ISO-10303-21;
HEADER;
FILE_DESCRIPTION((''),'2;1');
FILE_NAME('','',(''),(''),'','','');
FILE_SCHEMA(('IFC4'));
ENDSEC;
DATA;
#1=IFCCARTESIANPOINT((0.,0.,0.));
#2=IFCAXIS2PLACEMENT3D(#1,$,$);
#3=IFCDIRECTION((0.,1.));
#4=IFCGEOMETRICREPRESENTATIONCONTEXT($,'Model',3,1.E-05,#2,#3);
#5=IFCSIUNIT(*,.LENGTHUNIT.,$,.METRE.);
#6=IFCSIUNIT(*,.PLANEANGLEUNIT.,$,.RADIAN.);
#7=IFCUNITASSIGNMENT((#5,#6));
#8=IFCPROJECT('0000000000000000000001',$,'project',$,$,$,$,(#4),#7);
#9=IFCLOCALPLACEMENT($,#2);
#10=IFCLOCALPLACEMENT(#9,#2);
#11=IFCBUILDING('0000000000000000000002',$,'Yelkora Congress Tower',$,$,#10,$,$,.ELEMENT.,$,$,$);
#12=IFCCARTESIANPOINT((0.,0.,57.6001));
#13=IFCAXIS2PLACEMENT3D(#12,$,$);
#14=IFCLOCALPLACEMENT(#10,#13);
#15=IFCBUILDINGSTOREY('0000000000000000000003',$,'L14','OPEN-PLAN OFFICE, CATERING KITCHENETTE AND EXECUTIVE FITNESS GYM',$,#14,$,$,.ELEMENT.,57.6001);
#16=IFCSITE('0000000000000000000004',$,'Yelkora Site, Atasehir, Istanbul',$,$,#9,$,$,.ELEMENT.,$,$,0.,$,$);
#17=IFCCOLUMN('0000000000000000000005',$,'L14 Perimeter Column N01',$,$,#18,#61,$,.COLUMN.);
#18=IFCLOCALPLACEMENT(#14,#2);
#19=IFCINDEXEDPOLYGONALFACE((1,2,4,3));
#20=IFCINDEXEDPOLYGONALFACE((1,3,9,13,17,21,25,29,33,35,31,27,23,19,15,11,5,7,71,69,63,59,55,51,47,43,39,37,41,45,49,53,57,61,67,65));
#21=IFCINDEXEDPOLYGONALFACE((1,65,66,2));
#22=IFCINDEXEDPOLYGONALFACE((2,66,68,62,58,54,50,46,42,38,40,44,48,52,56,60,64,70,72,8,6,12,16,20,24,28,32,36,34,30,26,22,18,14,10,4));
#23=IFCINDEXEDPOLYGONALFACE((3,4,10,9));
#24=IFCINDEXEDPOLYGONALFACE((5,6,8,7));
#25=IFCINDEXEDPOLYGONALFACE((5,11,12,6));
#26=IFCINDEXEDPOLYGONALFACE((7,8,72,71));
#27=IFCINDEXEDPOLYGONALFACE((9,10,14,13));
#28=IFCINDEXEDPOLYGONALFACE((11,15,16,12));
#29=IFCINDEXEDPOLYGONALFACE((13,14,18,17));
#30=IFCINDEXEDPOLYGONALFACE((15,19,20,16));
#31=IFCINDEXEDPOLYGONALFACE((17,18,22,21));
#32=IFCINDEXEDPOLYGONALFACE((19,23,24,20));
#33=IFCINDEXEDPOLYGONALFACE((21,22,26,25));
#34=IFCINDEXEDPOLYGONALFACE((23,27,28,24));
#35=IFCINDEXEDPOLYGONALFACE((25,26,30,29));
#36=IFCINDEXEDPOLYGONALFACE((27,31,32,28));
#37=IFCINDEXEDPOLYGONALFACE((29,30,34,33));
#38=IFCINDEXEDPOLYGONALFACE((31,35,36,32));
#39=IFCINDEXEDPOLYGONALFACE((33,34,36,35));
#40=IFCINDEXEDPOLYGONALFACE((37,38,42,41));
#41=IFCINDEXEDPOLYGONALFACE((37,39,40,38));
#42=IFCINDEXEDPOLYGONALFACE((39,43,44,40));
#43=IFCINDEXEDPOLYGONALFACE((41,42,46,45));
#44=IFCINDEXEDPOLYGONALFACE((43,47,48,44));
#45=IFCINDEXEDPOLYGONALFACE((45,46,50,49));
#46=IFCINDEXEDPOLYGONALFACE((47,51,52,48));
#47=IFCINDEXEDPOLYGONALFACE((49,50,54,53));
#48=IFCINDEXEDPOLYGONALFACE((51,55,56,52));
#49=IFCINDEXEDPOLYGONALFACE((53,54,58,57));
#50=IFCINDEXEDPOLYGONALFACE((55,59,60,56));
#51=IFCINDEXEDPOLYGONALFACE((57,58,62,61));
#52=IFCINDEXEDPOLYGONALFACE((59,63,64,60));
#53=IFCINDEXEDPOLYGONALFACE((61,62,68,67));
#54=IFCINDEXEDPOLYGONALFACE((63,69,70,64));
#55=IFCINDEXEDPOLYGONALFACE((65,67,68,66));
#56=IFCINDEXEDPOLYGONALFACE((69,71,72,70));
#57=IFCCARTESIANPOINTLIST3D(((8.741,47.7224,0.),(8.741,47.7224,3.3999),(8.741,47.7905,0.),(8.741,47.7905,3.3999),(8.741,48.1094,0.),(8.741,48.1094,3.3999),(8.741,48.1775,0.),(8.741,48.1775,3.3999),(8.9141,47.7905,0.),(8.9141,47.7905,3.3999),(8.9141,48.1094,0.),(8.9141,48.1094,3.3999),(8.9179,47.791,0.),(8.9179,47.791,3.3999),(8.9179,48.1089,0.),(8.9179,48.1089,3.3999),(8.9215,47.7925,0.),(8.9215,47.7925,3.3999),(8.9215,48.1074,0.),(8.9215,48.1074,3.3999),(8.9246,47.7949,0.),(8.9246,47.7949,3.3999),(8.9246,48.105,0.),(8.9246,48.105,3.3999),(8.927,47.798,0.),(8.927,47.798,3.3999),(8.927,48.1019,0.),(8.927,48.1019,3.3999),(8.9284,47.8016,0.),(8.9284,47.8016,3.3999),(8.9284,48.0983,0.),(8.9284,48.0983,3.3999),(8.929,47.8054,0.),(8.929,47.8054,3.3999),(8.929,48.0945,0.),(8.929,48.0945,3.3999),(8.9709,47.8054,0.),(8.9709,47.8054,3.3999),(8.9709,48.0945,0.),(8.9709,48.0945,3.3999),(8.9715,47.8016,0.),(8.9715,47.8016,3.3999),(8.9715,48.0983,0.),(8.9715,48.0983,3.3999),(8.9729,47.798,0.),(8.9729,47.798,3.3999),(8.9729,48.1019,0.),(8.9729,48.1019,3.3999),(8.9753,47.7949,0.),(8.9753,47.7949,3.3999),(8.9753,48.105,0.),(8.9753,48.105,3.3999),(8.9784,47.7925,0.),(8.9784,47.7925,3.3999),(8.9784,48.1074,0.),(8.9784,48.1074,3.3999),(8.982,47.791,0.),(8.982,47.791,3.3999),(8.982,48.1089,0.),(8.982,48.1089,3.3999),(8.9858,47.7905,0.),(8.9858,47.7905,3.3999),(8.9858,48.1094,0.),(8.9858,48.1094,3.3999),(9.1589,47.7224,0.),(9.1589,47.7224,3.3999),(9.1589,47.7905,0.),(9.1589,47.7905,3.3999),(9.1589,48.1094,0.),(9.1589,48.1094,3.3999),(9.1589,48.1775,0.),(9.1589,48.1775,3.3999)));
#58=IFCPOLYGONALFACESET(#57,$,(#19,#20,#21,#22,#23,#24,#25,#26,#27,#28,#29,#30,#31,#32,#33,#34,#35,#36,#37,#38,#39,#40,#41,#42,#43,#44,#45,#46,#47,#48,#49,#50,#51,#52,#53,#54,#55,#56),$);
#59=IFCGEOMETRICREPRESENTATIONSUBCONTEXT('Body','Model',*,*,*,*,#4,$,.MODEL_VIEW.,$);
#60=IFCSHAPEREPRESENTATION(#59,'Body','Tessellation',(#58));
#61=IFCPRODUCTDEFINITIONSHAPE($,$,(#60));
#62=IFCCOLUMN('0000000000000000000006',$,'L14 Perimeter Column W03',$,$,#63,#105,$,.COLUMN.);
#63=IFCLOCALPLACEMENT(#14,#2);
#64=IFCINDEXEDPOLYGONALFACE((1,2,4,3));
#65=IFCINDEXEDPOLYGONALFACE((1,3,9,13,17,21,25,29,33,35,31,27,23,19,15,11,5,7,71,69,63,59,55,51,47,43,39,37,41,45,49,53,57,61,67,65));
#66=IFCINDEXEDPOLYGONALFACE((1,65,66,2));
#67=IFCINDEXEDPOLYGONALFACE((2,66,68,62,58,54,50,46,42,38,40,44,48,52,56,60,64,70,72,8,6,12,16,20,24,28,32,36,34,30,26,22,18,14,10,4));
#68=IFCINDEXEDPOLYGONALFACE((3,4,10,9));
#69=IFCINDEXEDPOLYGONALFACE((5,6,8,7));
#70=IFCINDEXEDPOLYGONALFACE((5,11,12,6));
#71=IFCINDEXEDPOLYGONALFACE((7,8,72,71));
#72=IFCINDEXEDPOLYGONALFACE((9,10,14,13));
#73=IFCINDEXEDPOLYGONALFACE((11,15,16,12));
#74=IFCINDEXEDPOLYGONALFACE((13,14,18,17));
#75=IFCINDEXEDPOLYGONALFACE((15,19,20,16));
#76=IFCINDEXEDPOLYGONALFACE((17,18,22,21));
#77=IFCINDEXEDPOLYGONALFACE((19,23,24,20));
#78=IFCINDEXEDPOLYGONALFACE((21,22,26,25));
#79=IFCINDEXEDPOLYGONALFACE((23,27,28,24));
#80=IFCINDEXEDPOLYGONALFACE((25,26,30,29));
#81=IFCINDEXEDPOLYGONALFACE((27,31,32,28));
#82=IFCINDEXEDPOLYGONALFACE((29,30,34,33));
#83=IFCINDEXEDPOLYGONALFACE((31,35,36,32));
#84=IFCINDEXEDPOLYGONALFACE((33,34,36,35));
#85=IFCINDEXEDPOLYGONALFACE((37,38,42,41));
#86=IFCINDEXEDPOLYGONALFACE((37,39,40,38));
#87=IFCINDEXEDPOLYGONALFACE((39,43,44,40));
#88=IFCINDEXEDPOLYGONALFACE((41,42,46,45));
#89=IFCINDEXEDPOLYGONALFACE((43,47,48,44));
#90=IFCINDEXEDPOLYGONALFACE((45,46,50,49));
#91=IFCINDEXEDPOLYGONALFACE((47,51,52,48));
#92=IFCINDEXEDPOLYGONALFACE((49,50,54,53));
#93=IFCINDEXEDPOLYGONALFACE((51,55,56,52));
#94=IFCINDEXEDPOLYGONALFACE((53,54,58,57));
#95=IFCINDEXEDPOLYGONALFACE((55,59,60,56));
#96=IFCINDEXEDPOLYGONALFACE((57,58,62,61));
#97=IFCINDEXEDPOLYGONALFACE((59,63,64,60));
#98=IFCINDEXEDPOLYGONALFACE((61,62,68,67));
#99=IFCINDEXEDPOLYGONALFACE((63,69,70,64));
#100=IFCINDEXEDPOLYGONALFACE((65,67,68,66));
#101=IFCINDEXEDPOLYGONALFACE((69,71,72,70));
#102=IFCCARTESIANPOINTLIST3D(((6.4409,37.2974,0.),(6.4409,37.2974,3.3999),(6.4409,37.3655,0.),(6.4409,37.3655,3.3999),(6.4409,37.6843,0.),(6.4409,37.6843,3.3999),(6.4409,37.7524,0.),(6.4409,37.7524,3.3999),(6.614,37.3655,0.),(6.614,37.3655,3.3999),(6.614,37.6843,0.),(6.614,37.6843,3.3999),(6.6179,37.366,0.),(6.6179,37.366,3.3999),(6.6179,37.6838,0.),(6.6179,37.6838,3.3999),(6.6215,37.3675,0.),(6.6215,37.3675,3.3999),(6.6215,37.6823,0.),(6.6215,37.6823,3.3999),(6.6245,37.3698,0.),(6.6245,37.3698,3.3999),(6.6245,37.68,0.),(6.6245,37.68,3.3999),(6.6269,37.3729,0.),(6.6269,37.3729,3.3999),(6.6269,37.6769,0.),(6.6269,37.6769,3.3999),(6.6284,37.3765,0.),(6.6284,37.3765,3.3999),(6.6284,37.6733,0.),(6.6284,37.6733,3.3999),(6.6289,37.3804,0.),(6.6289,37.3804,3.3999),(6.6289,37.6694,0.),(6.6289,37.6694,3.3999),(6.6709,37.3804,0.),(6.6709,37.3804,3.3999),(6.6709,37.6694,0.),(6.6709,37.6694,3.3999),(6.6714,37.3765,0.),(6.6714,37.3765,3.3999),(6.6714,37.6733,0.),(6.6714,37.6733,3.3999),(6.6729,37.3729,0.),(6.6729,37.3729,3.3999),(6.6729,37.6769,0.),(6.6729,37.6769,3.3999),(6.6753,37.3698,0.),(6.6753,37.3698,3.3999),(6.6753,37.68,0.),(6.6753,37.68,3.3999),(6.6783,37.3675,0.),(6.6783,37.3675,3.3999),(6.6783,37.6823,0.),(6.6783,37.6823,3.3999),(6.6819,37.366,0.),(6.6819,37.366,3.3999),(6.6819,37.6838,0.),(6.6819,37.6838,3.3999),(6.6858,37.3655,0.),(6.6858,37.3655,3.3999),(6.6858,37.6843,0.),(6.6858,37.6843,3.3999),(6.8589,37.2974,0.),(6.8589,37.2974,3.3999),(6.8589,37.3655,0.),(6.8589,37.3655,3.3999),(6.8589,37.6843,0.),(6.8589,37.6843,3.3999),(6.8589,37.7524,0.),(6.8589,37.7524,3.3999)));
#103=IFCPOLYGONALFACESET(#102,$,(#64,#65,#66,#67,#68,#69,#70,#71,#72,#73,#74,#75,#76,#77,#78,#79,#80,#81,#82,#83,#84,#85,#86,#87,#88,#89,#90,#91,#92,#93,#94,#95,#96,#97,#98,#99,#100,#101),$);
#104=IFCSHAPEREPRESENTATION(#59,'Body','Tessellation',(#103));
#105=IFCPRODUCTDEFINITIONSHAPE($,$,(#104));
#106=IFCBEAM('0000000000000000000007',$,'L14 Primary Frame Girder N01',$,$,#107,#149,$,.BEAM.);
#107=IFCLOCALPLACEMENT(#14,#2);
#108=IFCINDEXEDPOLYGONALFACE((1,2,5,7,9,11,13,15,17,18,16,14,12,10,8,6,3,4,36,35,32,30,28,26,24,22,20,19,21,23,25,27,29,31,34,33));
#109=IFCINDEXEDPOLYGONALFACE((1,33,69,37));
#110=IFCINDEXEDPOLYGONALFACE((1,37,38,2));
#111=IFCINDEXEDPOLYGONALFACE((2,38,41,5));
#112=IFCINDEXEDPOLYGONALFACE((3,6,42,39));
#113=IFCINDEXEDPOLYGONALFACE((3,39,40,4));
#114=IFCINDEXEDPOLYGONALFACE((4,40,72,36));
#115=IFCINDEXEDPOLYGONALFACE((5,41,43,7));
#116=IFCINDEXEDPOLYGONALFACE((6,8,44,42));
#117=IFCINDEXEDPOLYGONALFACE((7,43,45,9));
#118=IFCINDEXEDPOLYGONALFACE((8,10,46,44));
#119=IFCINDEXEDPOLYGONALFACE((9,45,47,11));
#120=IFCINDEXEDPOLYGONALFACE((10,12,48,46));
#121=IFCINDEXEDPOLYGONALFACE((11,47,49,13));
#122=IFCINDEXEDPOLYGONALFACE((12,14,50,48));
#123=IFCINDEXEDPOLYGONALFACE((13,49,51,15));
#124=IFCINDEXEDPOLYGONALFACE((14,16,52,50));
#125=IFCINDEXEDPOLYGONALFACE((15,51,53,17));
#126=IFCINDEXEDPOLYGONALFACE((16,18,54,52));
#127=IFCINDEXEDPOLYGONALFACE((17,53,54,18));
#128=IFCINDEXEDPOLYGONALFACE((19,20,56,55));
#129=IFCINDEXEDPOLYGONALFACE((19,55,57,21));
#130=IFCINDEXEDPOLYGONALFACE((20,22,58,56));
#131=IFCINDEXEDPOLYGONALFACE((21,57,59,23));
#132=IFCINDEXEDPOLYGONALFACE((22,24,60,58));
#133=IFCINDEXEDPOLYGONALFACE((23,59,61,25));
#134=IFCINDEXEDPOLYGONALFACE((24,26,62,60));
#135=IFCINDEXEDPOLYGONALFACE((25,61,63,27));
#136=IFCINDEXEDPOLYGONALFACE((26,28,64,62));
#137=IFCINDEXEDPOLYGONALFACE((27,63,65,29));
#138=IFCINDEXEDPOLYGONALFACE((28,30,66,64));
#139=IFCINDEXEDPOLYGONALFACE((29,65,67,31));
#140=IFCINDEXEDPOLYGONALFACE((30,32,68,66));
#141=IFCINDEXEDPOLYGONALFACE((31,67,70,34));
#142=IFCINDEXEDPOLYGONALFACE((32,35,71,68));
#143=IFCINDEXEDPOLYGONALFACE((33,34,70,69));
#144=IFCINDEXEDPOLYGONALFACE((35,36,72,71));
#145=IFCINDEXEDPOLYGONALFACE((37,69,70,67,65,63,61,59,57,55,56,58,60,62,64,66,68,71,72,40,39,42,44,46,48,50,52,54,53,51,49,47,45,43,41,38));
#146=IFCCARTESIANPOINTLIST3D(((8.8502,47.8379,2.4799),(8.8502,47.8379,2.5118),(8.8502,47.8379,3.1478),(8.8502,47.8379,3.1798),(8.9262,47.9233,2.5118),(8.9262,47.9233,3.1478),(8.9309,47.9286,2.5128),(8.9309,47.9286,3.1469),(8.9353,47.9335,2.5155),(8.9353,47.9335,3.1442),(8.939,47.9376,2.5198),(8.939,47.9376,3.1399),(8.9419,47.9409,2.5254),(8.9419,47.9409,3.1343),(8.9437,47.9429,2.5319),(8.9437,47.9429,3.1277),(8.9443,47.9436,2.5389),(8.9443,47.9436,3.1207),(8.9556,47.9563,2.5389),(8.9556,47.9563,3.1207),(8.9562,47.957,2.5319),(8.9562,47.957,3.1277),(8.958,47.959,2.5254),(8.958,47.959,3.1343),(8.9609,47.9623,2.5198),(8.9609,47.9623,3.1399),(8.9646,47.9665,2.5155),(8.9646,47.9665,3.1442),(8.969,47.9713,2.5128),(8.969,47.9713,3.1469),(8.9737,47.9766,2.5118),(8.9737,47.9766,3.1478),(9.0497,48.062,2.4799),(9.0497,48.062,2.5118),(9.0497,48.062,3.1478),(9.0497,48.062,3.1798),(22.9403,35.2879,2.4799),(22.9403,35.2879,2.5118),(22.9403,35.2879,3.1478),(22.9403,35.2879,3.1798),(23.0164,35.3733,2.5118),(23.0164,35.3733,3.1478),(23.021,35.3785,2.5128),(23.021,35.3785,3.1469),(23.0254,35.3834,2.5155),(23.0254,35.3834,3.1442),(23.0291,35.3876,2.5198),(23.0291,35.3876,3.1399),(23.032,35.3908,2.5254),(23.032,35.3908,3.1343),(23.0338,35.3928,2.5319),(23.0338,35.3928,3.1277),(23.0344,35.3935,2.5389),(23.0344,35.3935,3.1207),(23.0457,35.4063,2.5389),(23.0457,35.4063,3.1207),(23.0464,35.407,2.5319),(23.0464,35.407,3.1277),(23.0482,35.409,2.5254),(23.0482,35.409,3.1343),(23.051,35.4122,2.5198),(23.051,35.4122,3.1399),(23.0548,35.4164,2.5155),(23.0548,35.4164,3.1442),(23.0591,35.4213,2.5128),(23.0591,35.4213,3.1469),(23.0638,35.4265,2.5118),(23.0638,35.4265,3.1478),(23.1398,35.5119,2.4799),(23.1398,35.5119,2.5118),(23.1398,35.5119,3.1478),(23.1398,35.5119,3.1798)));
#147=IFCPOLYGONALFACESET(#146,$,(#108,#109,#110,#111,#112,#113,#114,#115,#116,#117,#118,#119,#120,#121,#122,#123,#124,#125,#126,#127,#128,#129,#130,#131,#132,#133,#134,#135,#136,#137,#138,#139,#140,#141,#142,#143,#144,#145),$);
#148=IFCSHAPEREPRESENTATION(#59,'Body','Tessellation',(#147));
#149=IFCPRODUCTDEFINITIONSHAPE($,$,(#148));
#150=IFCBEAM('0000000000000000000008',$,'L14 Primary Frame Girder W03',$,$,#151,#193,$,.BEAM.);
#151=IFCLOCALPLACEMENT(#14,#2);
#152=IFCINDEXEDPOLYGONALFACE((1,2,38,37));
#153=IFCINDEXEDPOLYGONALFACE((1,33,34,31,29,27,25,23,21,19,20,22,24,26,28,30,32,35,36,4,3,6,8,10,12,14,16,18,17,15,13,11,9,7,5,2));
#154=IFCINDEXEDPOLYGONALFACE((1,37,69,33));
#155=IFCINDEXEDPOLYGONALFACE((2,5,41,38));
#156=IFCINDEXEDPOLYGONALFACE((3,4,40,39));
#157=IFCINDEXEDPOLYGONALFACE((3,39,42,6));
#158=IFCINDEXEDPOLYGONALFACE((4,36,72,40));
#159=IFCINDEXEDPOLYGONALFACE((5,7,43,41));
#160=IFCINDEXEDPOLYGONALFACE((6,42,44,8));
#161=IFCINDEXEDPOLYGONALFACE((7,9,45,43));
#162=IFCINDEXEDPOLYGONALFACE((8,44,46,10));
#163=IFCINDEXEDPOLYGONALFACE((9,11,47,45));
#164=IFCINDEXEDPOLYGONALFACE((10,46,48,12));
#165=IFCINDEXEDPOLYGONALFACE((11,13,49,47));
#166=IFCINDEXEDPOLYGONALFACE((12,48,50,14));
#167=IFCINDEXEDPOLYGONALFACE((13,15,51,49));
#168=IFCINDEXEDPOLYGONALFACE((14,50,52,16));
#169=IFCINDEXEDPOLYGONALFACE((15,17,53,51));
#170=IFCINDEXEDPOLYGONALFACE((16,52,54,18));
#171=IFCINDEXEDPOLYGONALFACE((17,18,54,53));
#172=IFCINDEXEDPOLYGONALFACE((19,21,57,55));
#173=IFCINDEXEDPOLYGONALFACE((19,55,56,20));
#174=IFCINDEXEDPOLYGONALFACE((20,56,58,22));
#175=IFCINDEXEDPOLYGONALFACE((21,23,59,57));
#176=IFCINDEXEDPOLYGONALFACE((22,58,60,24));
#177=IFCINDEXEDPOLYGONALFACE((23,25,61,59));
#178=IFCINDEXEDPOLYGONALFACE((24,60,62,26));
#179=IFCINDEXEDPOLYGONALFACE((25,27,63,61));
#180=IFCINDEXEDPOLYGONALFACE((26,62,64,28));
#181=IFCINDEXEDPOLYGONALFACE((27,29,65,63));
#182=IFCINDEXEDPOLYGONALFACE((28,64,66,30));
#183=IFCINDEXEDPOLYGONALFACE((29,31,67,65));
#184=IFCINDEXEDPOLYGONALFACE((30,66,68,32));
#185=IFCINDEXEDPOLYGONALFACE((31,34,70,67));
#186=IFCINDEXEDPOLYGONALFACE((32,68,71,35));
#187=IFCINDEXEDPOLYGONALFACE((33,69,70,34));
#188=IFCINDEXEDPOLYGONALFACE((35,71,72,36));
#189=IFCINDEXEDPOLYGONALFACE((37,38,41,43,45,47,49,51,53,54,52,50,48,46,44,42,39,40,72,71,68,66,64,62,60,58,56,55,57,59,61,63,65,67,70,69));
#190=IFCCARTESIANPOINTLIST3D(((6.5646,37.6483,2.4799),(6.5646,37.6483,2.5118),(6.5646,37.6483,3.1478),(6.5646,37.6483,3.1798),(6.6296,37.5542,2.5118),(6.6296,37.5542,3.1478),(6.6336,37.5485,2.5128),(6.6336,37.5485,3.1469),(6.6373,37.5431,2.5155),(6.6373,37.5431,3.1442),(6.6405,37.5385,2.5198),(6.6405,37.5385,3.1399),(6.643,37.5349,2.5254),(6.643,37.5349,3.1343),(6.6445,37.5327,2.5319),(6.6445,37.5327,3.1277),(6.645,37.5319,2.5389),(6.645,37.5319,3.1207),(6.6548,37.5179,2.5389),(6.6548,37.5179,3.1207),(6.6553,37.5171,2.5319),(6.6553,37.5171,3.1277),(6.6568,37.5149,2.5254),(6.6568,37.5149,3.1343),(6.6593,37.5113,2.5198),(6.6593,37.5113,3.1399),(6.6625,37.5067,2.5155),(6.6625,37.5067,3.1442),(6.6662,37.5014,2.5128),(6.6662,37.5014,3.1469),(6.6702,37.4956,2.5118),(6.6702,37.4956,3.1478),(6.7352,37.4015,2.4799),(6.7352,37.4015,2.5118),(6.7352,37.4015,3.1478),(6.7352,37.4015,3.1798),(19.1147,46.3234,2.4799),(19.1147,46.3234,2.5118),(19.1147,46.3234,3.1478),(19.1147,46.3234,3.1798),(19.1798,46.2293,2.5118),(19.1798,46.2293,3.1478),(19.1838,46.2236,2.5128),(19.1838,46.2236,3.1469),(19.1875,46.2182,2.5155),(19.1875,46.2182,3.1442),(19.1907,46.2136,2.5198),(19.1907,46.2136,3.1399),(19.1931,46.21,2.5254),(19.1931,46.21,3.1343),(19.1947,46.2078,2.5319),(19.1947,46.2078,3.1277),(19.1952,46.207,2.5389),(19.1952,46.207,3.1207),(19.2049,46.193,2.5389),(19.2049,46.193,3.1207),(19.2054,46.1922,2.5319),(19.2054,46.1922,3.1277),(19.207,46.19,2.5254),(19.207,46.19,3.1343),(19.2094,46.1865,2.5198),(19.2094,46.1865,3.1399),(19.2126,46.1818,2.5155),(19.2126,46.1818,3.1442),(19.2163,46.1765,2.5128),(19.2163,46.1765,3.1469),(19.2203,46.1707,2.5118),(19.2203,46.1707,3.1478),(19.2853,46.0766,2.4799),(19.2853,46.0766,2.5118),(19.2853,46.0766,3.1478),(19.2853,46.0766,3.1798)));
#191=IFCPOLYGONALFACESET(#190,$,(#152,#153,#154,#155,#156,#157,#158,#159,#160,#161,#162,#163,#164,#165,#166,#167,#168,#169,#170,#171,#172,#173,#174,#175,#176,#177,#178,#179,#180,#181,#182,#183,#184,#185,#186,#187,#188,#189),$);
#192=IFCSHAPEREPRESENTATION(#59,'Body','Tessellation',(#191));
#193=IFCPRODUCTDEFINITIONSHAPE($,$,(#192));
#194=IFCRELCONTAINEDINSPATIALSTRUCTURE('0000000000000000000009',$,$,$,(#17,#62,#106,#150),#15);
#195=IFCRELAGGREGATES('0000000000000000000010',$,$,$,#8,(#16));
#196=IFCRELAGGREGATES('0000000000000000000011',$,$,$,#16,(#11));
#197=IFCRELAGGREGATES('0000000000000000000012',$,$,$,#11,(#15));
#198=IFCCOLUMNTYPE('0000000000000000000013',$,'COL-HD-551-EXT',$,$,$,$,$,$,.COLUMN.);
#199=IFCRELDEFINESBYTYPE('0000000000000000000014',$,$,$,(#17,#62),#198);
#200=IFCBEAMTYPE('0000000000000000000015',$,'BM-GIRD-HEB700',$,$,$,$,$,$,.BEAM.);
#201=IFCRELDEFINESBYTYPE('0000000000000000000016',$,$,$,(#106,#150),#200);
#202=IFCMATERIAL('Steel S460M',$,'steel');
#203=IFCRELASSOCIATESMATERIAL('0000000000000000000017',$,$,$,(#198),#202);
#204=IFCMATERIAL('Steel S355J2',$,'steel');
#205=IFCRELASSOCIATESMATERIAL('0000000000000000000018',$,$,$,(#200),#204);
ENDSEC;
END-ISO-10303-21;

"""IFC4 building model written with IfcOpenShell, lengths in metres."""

from ifc_helpers import new_model, si_unit, direction, frame, origin, origin_2d, place, context, subcontext, project, spatial, i_section, extrude, material, material_profile, profile_set, type_object, element, save


model = new_model("IFC4")

# Units and contexts
model_context = context("Model", 3, precision=1e-05, world=origin(), true_north=direction((0.0, 1.0)))
body_context = subcontext(model_context, "Body", "Model", "MODEL_VIEW")
ifc_project = project(units=[si_unit("LENGTHUNIT", "METRE"), si_unit("PLANEANGLEUNIT", "RADIAN")], contexts=[model_context])

# Site, building, storey
site_placement = place(None, origin())
site = spatial("IfcSite", under=ifc_project, at=site_placement, Name="Yelkora Site, Atasehir, Istanbul", CompositionType="ELEMENT", RefElevation=0.0)
building_placement = place(site_placement, origin())
building = spatial("IfcBuilding", under=site, at=building_placement, Name="Yelkora Congress Tower", CompositionType="ELEMENT")
storey_placement = place(building_placement, frame((0.0, 0.0, 57.6001)))
storey = spatial("IfcBuildingStorey", under=building, at=storey_placement, Name="L14", Description="OPEN-PLAN OFFICE, CATERING KITCHENETTE AND EXECUTIVE FITNESS GYM", CompositionType="ELEMENT", Elevation=57.6001)

# Columns
ifc_material_1 = material(Name="Steel S460M", Category="steel")
ifc_material_profile_1 = material_profile(ifc_material_1, i_section(OverallWidth=0.418, OverallDepth=0.4551, WebThickness=0.042, FlangeThickness=0.0681, FilletRadius=0.0149, at=origin_2d()), Name="HD 400x551")
ifc_profile_set_1 = profile_set([ifc_material_profile_1], Name="Steel S460M")
column_type = type_object("IfcColumnType", Name="COL-HD-551-EXT", PredefinedType="COLUMN", material=ifc_profile_set_1)
for number, where, z_axis, x_axis, name in (
    (1, (8.95, 47.95, 0.0), (0.0, 0.0, 1.0), (1.0, 0.0, 0.0), "L14 Perimeter Column N01"),
    (2, (6.6499, 37.5249, 0.0), (0.0, 0.0, 1.0), (1.0, 0.0, 0.0), "L14 Perimeter Column W03"),
):
    element("IfcColumn", number, at=place(storey_placement, frame(where, z_axis=z_axis, x_axis=x_axis)), inside=storey, type_object=column_type, Name=name, PredefinedType="COLUMN", context=body_context, shape_type="SweptSolid", body=[
        extrude(i_section(OverallWidth=0.418, OverallDepth=0.4551, WebThickness=0.042, FlangeThickness=0.0681, FilletRadius=0.0149, at=origin_2d()), origin(), (0.0, 0.0, 1.0), 3.3999),
    ])

# Beams
ifc_material_2 = material(Name="Steel S355J2", Category="steel")
ifc_material_profile_2 = material_profile(ifc_material_2, i_section(OverallWidth=0.3, OverallDepth=0.7, WebThickness=0.0171, FlangeThickness=0.032, FilletRadius=0.0271, at=origin_2d()), Name="HEB 700")
ifc_profile_set_2 = profile_set([ifc_material_profile_2], Name="Steel S355J2")
beam_type_1 = type_object("IfcBeamType", Name="BM-GIRD-HEB700", PredefinedType="BEAM", material=ifc_profile_set_2)
beam_1_placement = place(storey_placement, frame((8.95, 47.95, 2.8298), z_axis=(0.746737, -0.665119, 0.0), x_axis=(0.665119, 0.746737, 0.0)))
element("IfcBeam", 3, at=beam_1_placement, inside=storey, type_object=beam_type_1, Name="L14 Primary Frame Girder N01", PredefinedType="BEAM", context=body_context, shape_type="SweptSolid", body=[
    extrude(i_section(OverallWidth=0.3, OverallDepth=0.7, WebThickness=0.0171, FlangeThickness=0.032, FilletRadius=0.0271, at=origin_2d()), origin(), (0.0, 0.0, 1.0), 18.8689),
])
beam_2_placement = place(storey_placement, frame((6.6499, 37.5249, 2.8298), z_axis=(0.822604, 0.568614, 0.0), x_axis=(-0.568614, 0.822604, 0.0)))
element("IfcBeam", 4, at=beam_2_placement, inside=storey, type_object=beam_type_1, Name="L14 Primary Frame Girder W03", PredefinedType="BEAM", context=body_context, shape_type="SweptSolid", body=[
    extrude(i_section(OverallWidth=0.3, OverallDepth=0.7, WebThickness=0.0171, FlangeThickness=0.032, FilletRadius=0.0271, at=origin_2d()), origin(), (0.0, 0.0, 1.0), 15.2566),
])

save(model, "model.ifc")
